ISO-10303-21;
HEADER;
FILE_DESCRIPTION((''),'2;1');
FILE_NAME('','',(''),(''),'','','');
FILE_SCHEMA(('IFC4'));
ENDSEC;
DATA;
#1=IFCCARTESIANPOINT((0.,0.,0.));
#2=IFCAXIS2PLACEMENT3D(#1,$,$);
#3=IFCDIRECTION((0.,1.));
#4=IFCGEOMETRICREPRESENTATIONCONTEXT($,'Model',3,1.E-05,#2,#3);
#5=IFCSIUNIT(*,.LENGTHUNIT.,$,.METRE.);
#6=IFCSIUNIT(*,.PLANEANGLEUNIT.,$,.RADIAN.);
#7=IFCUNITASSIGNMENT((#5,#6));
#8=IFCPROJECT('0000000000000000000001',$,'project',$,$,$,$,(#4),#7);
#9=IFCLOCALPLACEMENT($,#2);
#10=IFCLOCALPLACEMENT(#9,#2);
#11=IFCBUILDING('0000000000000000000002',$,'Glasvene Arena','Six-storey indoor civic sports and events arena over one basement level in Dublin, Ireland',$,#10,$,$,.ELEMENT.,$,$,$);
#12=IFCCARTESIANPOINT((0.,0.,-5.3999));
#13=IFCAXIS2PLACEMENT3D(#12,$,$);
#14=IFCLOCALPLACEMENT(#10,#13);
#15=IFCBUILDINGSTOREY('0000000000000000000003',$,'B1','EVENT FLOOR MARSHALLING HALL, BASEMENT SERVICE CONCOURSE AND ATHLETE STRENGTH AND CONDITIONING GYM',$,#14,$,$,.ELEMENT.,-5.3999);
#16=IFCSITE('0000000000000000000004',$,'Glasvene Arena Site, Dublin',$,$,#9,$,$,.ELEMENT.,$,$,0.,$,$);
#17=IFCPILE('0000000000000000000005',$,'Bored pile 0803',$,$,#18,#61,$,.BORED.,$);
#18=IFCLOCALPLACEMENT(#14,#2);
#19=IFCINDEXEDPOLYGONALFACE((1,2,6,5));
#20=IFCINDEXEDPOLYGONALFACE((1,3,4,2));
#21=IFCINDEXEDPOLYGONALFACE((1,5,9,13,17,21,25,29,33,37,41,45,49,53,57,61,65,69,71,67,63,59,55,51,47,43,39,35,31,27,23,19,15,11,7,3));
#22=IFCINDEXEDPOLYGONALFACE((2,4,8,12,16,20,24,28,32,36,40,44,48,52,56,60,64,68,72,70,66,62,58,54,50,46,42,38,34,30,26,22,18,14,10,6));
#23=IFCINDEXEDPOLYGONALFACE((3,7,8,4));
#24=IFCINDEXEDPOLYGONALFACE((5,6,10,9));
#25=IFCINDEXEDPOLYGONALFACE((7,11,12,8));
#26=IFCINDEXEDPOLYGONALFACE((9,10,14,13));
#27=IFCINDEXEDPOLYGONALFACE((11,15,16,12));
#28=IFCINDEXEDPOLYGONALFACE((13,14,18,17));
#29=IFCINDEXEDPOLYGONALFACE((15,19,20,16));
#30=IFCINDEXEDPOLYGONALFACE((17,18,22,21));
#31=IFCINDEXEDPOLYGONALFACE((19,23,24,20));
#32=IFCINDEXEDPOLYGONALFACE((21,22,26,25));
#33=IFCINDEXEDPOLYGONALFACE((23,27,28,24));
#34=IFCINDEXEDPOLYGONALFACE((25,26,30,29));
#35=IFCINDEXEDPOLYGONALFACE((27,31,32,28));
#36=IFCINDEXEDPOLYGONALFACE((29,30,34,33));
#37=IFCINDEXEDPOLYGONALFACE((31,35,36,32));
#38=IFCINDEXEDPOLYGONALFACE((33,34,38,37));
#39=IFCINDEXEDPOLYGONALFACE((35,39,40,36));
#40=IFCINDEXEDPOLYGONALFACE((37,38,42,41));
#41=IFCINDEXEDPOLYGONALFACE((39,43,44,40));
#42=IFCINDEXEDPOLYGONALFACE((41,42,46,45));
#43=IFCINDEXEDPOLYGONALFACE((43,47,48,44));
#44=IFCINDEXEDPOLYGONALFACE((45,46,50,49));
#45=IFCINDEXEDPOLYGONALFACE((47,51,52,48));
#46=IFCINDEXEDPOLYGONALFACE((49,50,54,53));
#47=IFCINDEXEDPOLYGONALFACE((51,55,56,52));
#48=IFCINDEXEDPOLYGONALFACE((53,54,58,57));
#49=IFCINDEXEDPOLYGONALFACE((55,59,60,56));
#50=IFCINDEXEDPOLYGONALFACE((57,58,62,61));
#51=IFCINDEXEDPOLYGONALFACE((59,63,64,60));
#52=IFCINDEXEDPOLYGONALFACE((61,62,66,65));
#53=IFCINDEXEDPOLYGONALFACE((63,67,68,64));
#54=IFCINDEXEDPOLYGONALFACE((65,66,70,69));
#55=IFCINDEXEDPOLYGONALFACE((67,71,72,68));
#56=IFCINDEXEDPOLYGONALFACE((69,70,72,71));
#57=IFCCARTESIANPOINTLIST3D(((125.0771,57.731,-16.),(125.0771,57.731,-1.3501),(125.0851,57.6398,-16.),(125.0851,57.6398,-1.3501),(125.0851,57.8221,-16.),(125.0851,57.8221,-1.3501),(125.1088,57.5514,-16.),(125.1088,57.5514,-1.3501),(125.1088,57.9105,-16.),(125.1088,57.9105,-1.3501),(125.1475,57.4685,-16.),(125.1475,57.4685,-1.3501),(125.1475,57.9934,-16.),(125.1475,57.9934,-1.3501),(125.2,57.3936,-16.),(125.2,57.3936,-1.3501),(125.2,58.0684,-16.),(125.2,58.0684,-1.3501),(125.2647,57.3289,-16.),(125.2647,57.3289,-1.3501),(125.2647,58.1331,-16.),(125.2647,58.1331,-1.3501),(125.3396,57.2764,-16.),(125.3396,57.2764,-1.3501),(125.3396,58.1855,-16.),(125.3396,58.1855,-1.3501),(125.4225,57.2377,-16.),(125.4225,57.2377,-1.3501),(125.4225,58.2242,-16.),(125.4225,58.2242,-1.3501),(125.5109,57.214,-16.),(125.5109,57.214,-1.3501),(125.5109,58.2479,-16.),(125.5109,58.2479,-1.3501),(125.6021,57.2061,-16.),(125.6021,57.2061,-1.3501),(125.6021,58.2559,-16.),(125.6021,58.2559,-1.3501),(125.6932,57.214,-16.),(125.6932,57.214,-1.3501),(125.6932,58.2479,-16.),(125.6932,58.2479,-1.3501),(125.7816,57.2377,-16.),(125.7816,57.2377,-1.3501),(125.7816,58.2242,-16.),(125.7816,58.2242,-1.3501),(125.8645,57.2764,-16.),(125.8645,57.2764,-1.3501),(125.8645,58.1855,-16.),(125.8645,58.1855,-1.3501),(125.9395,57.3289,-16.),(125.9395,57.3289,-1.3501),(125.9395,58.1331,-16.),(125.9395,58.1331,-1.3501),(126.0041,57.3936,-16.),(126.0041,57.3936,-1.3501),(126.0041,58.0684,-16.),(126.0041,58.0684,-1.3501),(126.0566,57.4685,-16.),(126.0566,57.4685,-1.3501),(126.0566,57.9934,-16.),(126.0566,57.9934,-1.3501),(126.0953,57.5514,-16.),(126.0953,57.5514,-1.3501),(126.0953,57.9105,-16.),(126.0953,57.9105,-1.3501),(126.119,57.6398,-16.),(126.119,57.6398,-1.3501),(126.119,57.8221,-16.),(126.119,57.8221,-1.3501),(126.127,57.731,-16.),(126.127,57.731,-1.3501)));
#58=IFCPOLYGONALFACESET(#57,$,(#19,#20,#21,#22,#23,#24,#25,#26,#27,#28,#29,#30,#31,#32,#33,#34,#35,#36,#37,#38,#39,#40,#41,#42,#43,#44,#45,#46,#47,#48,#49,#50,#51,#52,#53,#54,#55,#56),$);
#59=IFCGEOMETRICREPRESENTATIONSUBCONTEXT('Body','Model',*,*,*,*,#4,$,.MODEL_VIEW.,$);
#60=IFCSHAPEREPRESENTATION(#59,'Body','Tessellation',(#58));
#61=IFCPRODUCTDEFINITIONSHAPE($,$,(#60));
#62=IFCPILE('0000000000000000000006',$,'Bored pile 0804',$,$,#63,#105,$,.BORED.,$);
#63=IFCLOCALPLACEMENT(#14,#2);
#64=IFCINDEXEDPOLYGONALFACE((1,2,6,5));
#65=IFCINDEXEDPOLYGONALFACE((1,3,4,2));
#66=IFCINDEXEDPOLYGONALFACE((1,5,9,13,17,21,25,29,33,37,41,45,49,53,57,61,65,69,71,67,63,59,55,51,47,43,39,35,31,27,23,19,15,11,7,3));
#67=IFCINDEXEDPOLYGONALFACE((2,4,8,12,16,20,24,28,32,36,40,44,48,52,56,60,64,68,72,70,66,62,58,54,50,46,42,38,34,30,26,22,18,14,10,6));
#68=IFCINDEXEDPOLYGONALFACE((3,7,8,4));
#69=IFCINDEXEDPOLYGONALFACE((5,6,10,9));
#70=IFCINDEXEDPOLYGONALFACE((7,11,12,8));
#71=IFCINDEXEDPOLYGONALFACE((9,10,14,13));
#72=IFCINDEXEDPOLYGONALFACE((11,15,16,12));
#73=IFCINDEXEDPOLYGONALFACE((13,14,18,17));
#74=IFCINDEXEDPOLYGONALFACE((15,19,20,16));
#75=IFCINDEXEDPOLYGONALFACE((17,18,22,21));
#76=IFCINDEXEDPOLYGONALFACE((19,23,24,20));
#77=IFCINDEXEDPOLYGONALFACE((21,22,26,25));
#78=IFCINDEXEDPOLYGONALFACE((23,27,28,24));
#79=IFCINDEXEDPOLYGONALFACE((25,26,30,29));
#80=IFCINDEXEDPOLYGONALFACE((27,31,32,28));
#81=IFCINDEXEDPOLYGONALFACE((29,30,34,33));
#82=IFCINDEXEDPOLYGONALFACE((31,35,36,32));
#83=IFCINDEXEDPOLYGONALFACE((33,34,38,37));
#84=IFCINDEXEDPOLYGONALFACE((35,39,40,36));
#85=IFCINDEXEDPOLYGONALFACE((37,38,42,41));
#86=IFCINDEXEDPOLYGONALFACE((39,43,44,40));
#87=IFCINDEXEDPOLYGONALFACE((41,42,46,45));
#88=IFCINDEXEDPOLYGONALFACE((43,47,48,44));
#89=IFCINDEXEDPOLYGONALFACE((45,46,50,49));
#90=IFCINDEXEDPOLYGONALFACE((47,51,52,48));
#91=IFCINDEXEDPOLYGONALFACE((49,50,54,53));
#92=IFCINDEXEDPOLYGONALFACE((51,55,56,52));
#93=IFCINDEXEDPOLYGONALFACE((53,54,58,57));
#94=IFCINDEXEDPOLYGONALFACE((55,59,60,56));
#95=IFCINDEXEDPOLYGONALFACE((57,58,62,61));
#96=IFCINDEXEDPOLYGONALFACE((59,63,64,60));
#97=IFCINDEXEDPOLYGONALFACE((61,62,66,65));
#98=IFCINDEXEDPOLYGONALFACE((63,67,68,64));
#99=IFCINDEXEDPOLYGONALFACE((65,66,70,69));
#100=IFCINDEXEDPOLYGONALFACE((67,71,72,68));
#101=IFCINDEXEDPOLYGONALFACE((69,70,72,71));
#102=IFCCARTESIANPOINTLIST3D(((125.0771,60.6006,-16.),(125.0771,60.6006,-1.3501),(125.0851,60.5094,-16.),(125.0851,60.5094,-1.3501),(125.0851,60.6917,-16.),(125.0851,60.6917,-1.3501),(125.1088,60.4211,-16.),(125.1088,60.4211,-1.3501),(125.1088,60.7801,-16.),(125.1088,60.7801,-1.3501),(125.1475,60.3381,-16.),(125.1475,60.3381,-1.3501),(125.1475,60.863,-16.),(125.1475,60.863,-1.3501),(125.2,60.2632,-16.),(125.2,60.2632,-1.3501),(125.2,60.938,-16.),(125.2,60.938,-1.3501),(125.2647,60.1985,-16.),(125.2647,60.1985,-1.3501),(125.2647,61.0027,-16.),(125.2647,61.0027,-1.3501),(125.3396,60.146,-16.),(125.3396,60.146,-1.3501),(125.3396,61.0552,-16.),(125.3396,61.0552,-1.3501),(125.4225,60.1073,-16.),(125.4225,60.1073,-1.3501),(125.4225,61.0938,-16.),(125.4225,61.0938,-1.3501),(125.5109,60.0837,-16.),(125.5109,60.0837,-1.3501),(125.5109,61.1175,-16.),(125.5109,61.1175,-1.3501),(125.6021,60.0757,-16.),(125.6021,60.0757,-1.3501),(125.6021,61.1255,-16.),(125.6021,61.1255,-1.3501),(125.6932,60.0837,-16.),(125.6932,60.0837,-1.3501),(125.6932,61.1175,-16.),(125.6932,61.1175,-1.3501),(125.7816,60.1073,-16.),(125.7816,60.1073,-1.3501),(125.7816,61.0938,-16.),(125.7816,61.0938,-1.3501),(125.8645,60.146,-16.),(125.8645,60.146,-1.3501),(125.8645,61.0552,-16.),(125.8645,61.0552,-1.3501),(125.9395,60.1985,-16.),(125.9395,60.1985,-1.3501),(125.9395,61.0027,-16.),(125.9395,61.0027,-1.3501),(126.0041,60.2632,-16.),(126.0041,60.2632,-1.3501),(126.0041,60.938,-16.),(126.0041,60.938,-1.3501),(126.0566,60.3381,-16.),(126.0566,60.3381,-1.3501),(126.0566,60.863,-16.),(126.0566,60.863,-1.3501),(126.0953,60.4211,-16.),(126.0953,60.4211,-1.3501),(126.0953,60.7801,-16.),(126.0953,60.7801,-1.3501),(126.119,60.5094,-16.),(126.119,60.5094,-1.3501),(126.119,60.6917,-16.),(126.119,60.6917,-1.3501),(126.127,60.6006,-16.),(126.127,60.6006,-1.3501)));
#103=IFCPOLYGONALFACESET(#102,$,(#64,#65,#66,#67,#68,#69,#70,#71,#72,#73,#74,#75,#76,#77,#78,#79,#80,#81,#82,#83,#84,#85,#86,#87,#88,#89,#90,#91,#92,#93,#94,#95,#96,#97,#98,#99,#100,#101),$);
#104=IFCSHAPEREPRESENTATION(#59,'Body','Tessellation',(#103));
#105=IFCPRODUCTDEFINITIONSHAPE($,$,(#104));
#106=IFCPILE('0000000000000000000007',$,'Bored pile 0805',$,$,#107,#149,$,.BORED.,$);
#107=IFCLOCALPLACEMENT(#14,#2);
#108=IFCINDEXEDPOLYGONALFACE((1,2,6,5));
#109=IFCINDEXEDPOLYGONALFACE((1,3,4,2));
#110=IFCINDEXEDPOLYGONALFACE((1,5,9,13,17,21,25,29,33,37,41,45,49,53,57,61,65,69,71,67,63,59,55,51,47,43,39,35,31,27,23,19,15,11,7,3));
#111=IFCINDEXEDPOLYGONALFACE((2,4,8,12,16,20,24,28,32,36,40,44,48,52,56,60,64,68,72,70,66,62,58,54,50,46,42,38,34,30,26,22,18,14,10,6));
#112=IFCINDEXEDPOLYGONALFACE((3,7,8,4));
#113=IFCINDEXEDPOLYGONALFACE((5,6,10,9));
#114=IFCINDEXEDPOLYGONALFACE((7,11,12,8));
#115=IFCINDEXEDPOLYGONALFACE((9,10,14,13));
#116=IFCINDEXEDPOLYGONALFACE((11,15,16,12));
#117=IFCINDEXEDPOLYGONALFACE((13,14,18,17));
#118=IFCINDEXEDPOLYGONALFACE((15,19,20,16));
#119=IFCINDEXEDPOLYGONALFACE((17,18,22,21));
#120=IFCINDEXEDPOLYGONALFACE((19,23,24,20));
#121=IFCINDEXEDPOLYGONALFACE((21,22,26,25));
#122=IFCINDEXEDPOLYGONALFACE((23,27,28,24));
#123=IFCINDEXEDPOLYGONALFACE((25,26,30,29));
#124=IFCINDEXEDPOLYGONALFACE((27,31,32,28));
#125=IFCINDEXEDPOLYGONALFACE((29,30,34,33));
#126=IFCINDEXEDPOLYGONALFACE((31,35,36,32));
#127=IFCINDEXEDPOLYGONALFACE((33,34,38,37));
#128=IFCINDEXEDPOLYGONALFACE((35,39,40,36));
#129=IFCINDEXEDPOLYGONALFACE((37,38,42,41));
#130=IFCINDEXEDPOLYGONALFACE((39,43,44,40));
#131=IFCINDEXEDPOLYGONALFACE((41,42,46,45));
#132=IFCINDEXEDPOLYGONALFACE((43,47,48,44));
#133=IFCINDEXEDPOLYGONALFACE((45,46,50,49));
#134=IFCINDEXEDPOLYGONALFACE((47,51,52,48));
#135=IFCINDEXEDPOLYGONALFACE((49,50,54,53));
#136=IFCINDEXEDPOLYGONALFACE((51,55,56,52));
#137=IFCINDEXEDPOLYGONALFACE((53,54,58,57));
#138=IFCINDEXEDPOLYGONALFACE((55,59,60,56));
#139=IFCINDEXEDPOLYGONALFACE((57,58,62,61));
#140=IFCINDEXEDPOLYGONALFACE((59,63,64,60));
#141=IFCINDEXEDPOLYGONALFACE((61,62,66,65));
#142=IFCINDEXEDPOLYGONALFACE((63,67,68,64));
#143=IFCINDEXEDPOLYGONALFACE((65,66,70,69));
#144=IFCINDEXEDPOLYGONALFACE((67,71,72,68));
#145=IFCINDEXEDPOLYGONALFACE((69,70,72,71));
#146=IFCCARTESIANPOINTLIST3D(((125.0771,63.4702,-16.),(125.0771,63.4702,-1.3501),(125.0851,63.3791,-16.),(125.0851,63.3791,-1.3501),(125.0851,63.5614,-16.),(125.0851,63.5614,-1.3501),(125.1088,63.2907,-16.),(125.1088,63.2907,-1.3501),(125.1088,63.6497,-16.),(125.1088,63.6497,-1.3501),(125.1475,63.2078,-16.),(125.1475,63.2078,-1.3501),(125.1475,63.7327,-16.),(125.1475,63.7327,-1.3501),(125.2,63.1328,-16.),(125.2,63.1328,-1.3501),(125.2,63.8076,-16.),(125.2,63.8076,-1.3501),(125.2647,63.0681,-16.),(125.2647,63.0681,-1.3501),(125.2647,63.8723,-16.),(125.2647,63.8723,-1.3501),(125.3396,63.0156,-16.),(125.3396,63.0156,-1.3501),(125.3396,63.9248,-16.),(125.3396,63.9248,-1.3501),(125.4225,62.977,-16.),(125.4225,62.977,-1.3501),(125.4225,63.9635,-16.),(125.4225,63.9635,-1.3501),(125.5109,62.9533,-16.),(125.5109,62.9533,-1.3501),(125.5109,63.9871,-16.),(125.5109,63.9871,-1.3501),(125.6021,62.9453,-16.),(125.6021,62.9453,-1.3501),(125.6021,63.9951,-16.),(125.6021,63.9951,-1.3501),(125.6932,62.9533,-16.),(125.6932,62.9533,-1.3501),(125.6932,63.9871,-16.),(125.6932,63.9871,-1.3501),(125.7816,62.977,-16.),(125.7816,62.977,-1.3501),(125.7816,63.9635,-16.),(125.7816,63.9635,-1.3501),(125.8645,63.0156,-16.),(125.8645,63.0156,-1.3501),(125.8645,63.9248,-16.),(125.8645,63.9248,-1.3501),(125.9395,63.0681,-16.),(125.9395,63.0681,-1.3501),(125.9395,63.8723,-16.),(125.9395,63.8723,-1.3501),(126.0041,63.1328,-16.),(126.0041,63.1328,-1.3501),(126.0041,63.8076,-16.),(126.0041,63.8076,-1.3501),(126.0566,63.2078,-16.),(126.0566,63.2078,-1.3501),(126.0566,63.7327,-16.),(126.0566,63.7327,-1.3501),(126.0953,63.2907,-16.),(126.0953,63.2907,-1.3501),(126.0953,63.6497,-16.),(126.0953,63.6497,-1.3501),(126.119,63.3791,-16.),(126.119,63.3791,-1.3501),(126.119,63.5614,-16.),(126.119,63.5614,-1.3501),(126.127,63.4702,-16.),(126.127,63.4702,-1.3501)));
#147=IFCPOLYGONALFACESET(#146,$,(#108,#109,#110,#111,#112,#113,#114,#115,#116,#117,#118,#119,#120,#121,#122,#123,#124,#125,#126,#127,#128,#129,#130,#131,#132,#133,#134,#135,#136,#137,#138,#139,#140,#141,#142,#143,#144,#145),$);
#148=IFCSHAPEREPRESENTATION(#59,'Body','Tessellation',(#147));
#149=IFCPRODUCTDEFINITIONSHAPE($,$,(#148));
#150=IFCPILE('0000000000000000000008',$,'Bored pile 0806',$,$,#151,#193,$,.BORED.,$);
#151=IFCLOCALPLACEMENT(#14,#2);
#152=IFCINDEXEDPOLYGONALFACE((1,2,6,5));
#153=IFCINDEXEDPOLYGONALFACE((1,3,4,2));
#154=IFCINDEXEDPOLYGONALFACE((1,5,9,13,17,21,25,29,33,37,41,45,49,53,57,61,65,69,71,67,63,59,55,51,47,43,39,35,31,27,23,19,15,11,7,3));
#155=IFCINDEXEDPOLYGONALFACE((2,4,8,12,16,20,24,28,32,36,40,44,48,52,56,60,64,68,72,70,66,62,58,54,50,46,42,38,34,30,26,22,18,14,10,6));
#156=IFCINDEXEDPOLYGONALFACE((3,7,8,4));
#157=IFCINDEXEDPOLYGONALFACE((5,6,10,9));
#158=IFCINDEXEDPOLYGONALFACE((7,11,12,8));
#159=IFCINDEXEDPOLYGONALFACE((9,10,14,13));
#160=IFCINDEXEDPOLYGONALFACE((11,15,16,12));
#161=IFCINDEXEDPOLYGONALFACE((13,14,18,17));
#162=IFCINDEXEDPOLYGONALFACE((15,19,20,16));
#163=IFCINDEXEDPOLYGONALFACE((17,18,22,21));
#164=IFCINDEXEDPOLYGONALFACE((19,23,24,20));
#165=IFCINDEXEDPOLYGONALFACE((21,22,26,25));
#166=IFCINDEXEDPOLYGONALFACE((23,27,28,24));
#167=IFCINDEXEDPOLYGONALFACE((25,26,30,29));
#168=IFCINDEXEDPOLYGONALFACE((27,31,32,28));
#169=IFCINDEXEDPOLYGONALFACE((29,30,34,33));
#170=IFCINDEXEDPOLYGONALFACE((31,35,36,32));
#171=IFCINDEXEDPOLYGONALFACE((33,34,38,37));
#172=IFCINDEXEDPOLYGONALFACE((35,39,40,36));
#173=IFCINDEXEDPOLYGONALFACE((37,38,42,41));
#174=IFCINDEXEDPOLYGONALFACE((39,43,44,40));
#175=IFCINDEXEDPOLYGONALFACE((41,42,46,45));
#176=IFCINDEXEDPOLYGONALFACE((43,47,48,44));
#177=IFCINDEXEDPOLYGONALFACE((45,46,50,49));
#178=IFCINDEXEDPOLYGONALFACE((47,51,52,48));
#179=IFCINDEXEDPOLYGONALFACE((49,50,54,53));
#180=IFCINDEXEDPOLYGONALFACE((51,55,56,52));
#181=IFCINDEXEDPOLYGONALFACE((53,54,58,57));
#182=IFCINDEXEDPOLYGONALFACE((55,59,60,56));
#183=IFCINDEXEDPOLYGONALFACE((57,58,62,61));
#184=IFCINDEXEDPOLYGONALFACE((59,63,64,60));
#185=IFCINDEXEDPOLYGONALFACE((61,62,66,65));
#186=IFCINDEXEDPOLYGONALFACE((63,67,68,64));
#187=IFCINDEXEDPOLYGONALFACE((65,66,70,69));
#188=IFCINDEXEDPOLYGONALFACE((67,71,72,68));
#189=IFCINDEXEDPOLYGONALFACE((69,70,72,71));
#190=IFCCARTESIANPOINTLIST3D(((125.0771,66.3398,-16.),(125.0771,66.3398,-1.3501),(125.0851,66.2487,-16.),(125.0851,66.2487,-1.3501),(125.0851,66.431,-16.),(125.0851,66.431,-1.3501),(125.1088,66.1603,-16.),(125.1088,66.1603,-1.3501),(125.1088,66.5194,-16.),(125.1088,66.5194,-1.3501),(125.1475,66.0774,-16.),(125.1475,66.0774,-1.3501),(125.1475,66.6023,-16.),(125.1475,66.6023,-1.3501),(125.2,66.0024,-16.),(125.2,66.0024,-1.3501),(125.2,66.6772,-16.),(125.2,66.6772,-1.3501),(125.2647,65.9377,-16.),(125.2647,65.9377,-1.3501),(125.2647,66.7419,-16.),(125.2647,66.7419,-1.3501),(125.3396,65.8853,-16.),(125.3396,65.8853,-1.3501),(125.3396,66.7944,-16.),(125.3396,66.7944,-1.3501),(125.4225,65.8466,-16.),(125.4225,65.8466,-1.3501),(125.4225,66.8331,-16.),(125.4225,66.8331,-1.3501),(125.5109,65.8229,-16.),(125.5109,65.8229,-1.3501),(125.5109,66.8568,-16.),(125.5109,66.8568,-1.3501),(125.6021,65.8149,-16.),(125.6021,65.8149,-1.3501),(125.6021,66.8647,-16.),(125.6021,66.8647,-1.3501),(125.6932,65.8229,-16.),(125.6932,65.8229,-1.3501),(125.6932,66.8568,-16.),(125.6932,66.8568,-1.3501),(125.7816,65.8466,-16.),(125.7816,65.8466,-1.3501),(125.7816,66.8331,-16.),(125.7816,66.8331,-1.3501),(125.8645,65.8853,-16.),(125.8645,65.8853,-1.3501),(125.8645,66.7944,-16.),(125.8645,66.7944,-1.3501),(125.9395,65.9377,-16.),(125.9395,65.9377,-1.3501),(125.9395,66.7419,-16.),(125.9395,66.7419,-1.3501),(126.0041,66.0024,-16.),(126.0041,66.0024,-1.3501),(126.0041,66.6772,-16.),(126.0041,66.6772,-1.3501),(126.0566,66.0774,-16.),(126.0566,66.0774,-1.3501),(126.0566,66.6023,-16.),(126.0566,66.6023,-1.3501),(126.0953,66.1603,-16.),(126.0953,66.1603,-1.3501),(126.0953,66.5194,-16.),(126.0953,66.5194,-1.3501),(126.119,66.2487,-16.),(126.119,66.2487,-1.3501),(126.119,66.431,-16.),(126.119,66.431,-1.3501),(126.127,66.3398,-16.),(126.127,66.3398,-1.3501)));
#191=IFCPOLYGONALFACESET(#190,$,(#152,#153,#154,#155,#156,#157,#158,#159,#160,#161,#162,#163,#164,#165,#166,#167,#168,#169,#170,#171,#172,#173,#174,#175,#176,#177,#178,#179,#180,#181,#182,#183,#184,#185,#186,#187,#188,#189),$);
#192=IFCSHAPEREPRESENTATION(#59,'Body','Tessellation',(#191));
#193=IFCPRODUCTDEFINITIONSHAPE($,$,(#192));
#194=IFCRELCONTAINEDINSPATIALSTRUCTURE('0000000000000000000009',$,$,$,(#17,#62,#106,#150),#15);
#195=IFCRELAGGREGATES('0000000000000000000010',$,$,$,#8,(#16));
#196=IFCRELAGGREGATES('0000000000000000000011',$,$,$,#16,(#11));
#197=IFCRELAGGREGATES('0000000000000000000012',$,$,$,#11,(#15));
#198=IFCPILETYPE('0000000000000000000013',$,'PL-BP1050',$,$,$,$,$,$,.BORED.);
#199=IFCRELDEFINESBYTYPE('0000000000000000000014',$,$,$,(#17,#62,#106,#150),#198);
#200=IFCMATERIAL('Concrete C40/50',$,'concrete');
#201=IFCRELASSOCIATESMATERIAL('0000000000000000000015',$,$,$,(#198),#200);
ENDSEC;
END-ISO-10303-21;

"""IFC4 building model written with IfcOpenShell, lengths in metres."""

from ifc_helpers import new_model, si_unit, direction, frame, origin, origin_2d, place, context, subcontext, project, spatial, circle, extrude, material, material_profile, profile_set, type_object, element, save


model = new_model("IFC4")

# Units and contexts
model_context = context("Model", 3, precision=1e-05, world=origin(), true_north=direction((0.0, 1.0)))
body_context = subcontext(model_context, "Body", "Model", "MODEL_VIEW")
ifc_project = project(units=[si_unit("LENGTHUNIT", "METRE"), si_unit("PLANEANGLEUNIT", "RADIAN")], contexts=[model_context])

# Site, building, storey
site_placement = place(None, origin())
site = spatial("IfcSite", under=ifc_project, at=site_placement, Name="Glasvene Arena Site, Dublin", CompositionType="ELEMENT", RefElevation=0.0)
building_placement = place(site_placement, origin())
building = spatial("IfcBuilding", under=site, at=building_placement, Name="Glasvene Arena", Description="Six-storey indoor civic sports and events arena over one basement level in Dublin, Ireland", CompositionType="ELEMENT")
storey_placement = place(building_placement, frame((0.0, 0.0, -5.3999)))
storey = spatial("IfcBuildingStorey", under=building, at=storey_placement, Name="B1", Description="EVENT FLOOR MARSHALLING HALL, BASEMENT SERVICE CONCOURSE AND ATHLETE STRENGTH AND CONDITIONING GYM", CompositionType="ELEMENT", Elevation=-5.3999)

# Piles
ifc_material_1 = material(Name="Concrete C40/50", Category="concrete")
ifc_material_profile_1 = material_profile(ifc_material_1, circle(Radius=0.5249, at=origin_2d()), Name="BORED PILE 1050")
ifc_profile_set_1 = profile_set([ifc_material_profile_1], Name="Concrete C40/50")
pile_type = type_object("IfcPileType", Name="PL-BP1050", PredefinedType="BORED", material=ifc_profile_set_1)
for number, where, z_axis, x_axis, name in (
    (1, (125.6021, 57.731, -1.3501), (0.0, 0.0, -1.0), (1.0, 0.0, 0.0), "Bored pile 0803"),
    (2, (125.6021, 60.6006, -1.3501), (0.0, 0.0, -1.0), (1.0, 0.0, 0.0), "Bored pile 0804"),
    (3, (125.6021, 63.4702, -1.3501), (0.0, 0.0, -1.0), (1.0, 0.0, 0.0), "Bored pile 0805"),
    (4, (125.6021, 66.3398, -1.3501), (0.0, 0.0, -1.0), (1.0, 0.0, 0.0), "Bored pile 0806"),
):
    element("IfcPile", number, at=place(storey_placement, frame(where, z_axis=z_axis, x_axis=x_axis)), inside=storey, type_object=pile_type, Name=name, PredefinedType="BORED", context=body_context, shape_type="SweptSolid", body=[
        extrude(circle(Radius=0.5249, at=origin_2d()), origin(), (0.0, 0.0, 1.0), 14.6499),
    ])

save(model, "model.ifc")
